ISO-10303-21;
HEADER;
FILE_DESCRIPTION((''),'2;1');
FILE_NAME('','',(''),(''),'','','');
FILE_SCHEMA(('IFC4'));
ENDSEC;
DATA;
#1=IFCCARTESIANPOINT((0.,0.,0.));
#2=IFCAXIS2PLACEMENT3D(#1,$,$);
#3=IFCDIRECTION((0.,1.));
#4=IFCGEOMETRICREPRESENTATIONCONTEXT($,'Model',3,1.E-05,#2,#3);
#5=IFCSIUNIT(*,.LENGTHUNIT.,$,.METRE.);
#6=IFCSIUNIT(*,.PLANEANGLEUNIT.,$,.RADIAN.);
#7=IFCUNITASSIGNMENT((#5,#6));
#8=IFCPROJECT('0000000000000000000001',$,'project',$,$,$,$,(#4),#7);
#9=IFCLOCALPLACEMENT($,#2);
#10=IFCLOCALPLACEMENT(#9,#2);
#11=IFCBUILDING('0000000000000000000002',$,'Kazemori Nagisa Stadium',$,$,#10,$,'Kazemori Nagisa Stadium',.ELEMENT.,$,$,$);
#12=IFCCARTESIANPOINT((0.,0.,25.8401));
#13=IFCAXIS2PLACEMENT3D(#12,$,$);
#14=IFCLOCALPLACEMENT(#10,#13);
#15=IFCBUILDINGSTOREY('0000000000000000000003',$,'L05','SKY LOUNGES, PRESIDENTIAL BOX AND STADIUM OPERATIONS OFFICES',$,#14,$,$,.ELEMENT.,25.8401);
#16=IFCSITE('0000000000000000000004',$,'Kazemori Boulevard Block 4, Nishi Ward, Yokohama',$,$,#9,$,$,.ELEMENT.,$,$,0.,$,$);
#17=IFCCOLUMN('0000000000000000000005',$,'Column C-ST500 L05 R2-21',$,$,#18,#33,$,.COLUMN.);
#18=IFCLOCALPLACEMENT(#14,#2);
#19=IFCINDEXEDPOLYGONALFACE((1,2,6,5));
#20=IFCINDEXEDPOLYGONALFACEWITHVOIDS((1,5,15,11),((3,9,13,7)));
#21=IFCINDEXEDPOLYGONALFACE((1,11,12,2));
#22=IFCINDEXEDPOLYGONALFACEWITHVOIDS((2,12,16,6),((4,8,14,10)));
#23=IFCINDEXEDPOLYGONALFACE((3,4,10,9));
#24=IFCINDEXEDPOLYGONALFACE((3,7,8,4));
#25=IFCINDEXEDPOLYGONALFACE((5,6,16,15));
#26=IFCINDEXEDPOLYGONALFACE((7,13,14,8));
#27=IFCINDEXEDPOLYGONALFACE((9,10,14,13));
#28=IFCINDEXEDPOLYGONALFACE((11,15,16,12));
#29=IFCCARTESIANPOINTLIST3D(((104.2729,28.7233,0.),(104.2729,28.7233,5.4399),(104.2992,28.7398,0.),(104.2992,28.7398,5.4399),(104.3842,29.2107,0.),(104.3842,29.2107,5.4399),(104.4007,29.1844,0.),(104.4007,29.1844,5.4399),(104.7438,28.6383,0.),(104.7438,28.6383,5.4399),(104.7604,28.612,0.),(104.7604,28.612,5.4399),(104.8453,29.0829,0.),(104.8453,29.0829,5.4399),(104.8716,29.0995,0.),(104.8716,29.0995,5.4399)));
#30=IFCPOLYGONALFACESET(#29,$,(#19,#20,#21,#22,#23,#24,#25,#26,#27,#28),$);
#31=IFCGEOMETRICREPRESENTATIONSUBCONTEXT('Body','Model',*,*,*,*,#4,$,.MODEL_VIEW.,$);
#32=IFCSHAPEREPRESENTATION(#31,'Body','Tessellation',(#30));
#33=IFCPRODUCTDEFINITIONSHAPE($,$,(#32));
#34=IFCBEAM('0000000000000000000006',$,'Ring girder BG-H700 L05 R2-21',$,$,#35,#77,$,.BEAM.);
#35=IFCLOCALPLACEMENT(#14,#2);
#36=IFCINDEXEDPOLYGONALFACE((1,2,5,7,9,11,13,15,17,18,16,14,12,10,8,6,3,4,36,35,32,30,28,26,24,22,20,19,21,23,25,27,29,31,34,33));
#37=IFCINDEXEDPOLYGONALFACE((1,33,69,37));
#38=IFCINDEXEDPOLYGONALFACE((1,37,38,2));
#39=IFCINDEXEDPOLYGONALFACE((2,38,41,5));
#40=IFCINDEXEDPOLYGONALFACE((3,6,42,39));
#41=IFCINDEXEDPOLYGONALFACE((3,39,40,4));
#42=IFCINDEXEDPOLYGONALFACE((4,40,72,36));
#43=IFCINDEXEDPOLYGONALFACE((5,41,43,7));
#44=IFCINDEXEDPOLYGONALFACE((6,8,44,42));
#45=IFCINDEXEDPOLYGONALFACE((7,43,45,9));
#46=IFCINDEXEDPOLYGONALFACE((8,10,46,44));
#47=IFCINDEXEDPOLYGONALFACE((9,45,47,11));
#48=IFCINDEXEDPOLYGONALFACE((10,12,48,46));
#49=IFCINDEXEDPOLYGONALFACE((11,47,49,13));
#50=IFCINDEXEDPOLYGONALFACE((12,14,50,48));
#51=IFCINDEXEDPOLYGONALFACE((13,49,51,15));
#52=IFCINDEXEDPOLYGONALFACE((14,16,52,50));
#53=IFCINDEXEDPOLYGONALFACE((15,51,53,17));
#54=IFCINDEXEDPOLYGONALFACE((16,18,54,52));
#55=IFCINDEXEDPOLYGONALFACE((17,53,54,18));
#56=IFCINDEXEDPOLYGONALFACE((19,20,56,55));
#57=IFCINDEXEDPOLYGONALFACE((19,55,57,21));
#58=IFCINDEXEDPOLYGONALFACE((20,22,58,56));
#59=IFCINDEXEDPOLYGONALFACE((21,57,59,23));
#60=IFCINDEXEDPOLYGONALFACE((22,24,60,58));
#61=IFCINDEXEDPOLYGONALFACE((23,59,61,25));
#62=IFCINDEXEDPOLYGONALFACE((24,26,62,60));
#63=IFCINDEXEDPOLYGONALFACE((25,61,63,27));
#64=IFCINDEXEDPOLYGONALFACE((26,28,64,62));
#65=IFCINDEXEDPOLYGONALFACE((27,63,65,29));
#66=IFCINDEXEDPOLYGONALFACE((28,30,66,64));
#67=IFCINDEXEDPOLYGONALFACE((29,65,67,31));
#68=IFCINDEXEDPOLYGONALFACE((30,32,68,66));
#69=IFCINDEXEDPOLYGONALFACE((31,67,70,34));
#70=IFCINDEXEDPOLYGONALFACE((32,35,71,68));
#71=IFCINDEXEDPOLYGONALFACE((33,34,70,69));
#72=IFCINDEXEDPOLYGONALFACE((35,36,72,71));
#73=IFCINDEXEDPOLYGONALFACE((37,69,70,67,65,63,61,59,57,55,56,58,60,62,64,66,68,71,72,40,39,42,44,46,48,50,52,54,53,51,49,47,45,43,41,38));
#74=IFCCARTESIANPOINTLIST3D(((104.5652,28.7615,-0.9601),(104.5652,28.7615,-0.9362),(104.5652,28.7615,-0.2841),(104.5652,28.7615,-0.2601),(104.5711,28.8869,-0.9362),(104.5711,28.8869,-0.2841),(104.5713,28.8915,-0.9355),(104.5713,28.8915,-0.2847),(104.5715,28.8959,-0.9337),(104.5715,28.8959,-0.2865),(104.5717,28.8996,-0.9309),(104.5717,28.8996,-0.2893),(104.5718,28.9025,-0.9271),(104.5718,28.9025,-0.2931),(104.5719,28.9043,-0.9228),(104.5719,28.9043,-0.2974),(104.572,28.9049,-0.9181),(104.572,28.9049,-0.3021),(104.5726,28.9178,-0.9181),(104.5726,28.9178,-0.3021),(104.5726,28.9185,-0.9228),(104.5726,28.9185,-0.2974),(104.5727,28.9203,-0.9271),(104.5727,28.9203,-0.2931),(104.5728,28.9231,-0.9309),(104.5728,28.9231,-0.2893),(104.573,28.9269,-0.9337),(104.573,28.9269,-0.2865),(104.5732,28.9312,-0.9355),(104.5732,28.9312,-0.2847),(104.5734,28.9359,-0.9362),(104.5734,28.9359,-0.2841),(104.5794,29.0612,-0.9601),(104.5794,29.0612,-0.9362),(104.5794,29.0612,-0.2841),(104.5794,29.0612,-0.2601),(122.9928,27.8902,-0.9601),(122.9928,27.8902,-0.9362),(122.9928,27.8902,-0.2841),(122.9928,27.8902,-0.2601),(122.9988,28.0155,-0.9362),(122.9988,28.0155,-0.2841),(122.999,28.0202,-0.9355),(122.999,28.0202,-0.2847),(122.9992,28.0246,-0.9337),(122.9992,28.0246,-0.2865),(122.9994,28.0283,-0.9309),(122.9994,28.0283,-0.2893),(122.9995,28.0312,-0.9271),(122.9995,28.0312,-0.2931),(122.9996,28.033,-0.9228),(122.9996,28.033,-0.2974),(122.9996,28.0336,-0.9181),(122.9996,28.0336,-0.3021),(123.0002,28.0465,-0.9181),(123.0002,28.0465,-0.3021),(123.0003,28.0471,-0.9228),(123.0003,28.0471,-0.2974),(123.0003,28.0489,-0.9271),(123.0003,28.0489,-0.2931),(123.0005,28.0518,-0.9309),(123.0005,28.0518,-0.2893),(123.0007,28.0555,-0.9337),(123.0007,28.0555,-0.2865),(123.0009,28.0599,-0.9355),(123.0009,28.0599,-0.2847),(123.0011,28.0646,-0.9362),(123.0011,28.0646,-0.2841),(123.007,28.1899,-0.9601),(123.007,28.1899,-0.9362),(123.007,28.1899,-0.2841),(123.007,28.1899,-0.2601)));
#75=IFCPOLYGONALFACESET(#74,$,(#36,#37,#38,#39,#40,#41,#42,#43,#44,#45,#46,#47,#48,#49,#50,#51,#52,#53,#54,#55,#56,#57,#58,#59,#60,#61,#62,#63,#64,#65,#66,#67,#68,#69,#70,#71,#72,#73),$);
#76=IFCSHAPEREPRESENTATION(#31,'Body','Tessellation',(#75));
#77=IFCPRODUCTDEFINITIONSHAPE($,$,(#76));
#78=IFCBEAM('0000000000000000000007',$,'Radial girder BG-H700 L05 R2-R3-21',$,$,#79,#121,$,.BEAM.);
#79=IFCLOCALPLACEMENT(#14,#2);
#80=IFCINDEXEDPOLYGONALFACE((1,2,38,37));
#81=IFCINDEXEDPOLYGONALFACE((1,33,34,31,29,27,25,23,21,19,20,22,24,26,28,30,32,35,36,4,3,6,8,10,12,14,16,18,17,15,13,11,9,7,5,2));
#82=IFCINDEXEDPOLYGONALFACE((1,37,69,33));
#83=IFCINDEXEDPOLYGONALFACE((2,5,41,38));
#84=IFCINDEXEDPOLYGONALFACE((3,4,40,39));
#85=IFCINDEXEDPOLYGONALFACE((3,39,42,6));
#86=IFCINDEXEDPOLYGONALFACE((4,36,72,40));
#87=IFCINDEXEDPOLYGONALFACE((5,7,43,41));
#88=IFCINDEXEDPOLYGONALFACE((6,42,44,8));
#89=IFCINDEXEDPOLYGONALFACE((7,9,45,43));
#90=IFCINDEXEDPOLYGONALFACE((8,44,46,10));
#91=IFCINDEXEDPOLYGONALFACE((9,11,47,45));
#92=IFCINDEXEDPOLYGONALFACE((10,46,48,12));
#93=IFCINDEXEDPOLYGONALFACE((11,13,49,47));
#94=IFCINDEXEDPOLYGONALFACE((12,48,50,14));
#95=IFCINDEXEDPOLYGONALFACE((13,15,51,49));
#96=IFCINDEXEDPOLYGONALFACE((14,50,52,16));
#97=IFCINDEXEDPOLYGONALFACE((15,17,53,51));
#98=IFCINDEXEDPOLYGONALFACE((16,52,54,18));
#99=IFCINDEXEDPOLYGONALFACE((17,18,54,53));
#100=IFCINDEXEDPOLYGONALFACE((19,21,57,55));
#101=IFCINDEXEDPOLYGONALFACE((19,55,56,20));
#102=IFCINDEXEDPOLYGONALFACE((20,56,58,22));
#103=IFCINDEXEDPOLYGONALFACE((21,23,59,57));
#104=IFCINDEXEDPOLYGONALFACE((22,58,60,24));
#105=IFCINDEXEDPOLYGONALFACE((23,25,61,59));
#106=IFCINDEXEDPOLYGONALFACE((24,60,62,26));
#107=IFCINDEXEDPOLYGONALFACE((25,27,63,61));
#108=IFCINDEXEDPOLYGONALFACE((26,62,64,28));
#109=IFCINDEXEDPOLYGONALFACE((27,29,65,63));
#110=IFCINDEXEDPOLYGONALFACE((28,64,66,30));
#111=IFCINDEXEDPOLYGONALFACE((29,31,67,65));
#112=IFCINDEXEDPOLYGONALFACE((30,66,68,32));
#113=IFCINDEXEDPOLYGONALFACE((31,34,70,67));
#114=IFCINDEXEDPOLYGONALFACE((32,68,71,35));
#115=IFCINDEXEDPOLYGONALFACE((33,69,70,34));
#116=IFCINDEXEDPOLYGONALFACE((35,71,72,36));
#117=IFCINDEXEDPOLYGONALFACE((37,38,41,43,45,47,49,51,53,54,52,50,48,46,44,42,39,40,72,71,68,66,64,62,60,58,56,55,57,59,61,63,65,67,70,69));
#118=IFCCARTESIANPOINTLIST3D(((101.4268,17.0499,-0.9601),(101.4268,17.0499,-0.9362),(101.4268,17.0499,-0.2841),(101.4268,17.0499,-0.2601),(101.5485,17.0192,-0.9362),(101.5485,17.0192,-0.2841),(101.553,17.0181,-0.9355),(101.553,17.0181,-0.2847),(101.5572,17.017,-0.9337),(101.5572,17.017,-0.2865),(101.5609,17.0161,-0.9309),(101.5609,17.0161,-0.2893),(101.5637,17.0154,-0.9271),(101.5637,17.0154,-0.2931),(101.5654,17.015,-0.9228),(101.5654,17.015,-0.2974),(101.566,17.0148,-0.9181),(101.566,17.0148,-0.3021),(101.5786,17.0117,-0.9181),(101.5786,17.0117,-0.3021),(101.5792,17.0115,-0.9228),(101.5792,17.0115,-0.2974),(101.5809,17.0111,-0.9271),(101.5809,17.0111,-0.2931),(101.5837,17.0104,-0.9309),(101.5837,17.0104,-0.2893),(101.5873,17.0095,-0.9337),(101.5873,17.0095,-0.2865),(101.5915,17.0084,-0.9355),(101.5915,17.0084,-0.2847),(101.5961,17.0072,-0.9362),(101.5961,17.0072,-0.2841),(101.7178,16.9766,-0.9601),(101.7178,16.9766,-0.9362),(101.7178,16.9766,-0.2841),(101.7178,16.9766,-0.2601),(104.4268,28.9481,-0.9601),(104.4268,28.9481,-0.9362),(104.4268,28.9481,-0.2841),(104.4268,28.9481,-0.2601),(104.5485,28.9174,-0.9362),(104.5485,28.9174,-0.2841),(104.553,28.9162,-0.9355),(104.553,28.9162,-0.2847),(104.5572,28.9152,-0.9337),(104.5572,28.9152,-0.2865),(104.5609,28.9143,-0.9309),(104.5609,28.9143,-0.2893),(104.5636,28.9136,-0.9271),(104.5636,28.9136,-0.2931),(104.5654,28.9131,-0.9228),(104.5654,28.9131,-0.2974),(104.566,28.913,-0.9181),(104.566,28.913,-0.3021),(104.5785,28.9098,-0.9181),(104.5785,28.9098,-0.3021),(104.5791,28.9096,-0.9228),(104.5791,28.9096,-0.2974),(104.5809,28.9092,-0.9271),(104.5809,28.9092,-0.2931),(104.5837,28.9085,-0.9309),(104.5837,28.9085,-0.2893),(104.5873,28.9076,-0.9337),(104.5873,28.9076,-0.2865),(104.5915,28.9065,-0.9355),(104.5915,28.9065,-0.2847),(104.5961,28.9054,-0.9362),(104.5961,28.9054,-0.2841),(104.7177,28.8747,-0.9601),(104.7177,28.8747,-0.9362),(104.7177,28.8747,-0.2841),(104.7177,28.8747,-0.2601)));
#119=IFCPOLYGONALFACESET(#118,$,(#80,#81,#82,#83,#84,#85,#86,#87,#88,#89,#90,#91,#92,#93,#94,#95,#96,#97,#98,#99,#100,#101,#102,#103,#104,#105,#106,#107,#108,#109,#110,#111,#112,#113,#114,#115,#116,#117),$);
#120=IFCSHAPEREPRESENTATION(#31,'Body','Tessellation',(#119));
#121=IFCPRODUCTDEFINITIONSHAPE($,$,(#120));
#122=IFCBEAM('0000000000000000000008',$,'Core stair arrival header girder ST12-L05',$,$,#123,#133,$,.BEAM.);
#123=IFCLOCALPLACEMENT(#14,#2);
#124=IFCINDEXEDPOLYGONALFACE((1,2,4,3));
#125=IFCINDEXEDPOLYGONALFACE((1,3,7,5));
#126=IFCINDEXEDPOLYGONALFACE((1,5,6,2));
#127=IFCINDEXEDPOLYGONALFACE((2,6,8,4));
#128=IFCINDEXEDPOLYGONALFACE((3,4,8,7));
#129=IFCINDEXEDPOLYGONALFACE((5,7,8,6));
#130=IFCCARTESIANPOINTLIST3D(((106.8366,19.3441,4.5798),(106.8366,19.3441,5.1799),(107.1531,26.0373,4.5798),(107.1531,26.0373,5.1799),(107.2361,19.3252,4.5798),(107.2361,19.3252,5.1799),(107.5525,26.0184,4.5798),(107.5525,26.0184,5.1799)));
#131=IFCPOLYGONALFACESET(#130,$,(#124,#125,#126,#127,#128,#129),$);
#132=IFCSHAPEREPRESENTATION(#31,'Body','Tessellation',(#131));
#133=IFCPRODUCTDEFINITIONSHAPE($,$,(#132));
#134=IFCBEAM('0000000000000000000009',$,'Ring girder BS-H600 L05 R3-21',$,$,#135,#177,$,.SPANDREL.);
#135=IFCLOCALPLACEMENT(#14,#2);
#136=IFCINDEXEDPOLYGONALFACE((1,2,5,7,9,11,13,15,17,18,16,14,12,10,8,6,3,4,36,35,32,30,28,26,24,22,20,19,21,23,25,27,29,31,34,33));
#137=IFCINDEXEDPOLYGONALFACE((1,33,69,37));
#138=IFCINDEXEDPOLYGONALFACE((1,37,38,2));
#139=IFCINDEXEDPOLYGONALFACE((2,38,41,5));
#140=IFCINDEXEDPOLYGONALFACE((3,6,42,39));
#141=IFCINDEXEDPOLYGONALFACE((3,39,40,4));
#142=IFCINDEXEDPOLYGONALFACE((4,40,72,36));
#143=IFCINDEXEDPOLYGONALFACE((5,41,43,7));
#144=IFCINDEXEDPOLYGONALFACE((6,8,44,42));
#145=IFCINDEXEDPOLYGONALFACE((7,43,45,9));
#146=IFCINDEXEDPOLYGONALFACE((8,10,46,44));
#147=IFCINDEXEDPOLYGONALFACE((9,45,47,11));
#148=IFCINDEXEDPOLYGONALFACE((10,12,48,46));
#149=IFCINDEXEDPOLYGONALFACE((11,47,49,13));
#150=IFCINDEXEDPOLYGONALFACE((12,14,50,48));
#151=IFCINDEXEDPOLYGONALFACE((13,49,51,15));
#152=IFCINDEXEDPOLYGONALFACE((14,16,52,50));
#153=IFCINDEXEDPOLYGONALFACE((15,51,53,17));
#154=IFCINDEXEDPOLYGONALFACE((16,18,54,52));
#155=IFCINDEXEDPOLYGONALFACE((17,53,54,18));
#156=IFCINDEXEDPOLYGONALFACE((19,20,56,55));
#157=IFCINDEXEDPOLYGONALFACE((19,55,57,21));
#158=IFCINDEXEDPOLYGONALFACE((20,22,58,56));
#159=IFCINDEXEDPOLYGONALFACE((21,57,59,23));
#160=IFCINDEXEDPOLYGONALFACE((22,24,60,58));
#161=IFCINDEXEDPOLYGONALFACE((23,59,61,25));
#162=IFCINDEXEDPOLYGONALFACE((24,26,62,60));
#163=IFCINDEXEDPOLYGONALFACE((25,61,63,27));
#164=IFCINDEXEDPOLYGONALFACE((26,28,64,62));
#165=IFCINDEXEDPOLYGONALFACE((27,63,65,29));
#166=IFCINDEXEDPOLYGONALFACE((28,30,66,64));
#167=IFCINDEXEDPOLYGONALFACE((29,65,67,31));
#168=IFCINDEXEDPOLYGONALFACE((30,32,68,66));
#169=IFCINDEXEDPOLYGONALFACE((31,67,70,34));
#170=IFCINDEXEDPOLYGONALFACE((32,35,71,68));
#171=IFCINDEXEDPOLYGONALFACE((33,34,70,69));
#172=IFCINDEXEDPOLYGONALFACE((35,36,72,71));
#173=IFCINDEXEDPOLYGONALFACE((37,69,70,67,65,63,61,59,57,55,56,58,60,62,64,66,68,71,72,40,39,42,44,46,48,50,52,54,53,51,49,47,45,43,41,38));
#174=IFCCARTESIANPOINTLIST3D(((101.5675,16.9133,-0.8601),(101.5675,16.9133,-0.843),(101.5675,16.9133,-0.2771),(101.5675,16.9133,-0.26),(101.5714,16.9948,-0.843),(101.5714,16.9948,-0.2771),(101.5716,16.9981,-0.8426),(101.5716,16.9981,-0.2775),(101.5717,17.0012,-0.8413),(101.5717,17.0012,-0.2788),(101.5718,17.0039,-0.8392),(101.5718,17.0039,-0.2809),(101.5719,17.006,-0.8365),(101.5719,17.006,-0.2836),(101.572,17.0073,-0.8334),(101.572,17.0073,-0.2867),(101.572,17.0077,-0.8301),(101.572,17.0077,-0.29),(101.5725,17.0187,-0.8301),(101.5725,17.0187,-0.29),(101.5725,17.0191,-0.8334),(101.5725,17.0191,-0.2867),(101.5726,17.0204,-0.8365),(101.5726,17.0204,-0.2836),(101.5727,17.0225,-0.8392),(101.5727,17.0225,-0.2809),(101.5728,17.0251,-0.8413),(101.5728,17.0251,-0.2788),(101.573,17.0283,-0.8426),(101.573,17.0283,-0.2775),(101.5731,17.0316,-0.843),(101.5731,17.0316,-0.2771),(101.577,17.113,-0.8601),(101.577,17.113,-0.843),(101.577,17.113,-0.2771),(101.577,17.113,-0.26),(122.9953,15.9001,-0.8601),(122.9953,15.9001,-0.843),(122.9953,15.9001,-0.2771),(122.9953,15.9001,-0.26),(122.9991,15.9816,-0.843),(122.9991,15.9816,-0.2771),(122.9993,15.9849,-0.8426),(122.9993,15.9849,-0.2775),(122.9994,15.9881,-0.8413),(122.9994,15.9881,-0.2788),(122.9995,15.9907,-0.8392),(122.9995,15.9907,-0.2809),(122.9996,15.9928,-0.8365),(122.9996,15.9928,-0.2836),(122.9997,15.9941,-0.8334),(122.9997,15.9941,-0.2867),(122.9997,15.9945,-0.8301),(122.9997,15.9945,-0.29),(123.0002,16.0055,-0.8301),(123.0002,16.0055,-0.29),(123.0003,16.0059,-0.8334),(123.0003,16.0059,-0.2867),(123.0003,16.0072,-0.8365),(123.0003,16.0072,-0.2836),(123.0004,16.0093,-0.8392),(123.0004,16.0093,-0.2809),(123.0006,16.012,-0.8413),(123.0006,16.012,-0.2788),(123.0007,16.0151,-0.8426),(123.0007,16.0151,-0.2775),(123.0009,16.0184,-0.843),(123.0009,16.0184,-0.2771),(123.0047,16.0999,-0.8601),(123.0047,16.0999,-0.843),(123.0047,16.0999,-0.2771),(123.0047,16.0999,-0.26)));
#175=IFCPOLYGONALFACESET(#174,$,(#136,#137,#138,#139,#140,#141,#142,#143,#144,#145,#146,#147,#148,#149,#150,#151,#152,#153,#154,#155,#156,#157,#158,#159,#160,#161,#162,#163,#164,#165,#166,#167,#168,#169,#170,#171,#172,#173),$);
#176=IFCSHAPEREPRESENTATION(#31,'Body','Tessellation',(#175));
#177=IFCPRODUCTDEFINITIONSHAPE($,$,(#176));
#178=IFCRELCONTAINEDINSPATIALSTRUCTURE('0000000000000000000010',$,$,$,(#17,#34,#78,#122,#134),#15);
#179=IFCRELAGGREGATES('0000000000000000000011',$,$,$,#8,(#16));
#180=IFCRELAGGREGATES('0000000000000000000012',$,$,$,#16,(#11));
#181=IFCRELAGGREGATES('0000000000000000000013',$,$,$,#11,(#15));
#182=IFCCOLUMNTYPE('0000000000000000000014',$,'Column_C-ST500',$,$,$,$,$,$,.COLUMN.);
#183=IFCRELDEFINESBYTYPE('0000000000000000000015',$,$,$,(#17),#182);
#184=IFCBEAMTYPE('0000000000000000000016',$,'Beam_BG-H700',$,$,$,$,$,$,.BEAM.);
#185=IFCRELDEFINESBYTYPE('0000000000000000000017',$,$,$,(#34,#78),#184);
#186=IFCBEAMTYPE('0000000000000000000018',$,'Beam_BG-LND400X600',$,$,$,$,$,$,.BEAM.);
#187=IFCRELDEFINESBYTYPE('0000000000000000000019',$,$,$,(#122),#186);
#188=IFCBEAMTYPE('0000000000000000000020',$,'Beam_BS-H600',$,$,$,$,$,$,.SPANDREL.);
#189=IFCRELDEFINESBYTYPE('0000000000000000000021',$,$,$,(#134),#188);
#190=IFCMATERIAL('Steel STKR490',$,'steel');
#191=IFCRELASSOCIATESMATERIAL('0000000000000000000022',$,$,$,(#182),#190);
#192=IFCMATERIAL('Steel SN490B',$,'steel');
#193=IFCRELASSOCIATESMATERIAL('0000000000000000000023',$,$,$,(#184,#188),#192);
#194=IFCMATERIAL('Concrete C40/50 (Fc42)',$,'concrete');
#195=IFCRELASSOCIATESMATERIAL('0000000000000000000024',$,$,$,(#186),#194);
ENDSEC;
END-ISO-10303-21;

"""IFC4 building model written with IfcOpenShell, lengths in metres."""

from ifc_helpers import new_model, si_unit, direction, frame, origin, origin_2d, place, context, subcontext, project, spatial, rectangle, hollow_rectangle, i_section, extrude, material, material_profile, profile_set, type_object, element, save


model = new_model("IFC4")

# Units and contexts
model_context = context("Model", 3, precision=1e-05, world=origin(), true_north=direction((0.0, 1.0)))
body_context = subcontext(model_context, "Body", "Model", "MODEL_VIEW")
ifc_project = project(units=[si_unit("LENGTHUNIT", "METRE"), si_unit("PLANEANGLEUNIT", "RADIAN")], contexts=[model_context])

# Site, building, storey
site_placement = place(None, origin())
site = spatial("IfcSite", under=ifc_project, at=site_placement, Name="Kazemori Boulevard Block 4, Nishi Ward, Yokohama", CompositionType="ELEMENT", RefElevation=0.0)
building_placement = place(site_placement, origin())
building = spatial("IfcBuilding", under=site, at=building_placement, Name="Kazemori Nagisa Stadium", LongName="Kazemori Nagisa Stadium", CompositionType="ELEMENT")
storey_placement = place(building_placement, frame((0.0, 0.0, 25.8401)))
storey = spatial("IfcBuildingStorey", under=building, at=storey_placement, Name="L05", Description="SKY LOUNGES, PRESIDENTIAL BOX AND STADIUM OPERATIONS OFFICES", CompositionType="ELEMENT", Elevation=25.8401)

# Column
ifc_material_1 = material(Name="Steel STKR490", Category="steel")
ifc_material_profile_1 = material_profile(ifc_material_1, hollow_rectangle(XDim=0.5, YDim=0.5, WallThickness=0.022, at=origin_2d()), Name="SHS-500x500x22")
ifc_profile_set_1 = profile_set([ifc_material_profile_1], Name="Steel STKR490")
column_type = type_object("IfcColumnType", Name="Column_C-ST500", PredefinedType="COLUMN", material=ifc_profile_set_1)
column_placement = place(storey_placement, frame((104.5723, 28.9114, 0.0), z_axis=(0.0, 0.0, 1.0), x_axis=(-0.222521, -0.974928, 0.0)))
element("IfcColumn", 1, at=column_placement, inside=storey, type_object=column_type, Name="Column C-ST500 L05 R2-21", PredefinedType="COLUMN", context=body_context, shape_type="SweptSolid", body=[
    extrude(hollow_rectangle(XDim=0.5, YDim=0.5, WallThickness=0.022, at=origin_2d()), origin(), (0.0, 0.0, 1.0), 5.4399),
])

# Beams
ifc_material_2 = material(Name="Steel SN490B", Category="steel")
ifc_material_profile_2 = material_profile(ifc_material_2, i_section(OverallWidth=0.3, OverallDepth=0.7, WebThickness=0.0129, FlangeThickness=0.0239, FilletRadius=0.0181, at=origin_2d()), Name="H-700x300x13x24")
ifc_profile_set_2 = profile_set([ifc_material_profile_2], Name="Steel SN490B")
beam_type_1 = type_object("IfcBeamType", Name="Beam_BG-H700", PredefinedType="BEAM", material=ifc_profile_set_2)
beam_1_placement = place(storey_placement, frame((104.5723, 28.9114, -0.6101), z_axis=(0.998884, -0.047231, 0.0), x_axis=(0.047231, 0.998884, 0.0)))
element("IfcBeam", 2, at=beam_1_placement, inside=storey, type_object=beam_type_1, Name="Ring girder BG-H700 L05 R2-21", PredefinedType="BEAM", context=body_context, shape_type="SweptSolid", body=[
    extrude(i_section(OverallWidth=0.3, OverallDepth=0.7, WebThickness=0.0129, FlangeThickness=0.0239, FilletRadius=0.0181, at=origin_2d()), origin(), (0.0, 0.0, 1.0), 18.4482),
])
beam_2_placement = place(storey_placement, frame((104.5723, 28.9114, -0.6101), z_axis=(-0.244487, -0.969652, 0.0), x_axis=(0.969652, -0.244487, 0.0)))
element("IfcBeam", 3, at=beam_2_placement, inside=storey, type_object=beam_type_1, Name="Radial girder BG-H700 L05 R2-R3-21", PredefinedType="BEAM", context=body_context, shape_type="SweptSolid", body=[
    extrude(i_section(OverallWidth=0.3, OverallDepth=0.7, WebThickness=0.0129, FlangeThickness=0.0239, FilletRadius=0.0181, at=origin_2d()), origin(), (0.0, 0.0, 1.0), 12.2705),
])
ifc_material_3 = material(Name="Concrete C40/50 (Fc42)", Category="concrete")
ifc_material_profile_3 = material_profile(ifc_material_3, rectangle(XDim=0.3999, YDim=0.6001, at=origin_2d()), Name="RC-BM-400x600")
ifc_profile_set_3 = profile_set([ifc_material_profile_3], Name="Concrete C40/50 (Fc42)")
beam_type_2 = type_object("IfcBeamType", Name="Beam_BG-LND400X600", PredefinedType="BEAM", material=ifc_profile_set_3)
beam_3_placement = place(storey_placement, frame((107.3528, 26.0278, 4.8799), z_axis=(-0.047221, -0.998884, 0.0), x_axis=(0.998884, -0.047221, 0.0)))
element("IfcBeam", 4, at=beam_3_placement, inside=storey, type_object=beam_type_2, Name="Core stair arrival header girder ST12-L05", PredefinedType="BEAM", context=body_context, shape_type="SweptSolid", body=[
    extrude(rectangle(XDim=0.3999, YDim=0.6001, at=origin_2d()), origin(), (0.0, 0.0, 1.0), 6.7007),
])
ifc_material_profile_4 = material_profile(ifc_material_2, i_section(OverallWidth=0.2, OverallDepth=0.6001, WebThickness=0.011, FlangeThickness=0.0171, FilletRadius=0.0129, at=origin_2d()), Name="H-600x200x11x17")
ifc_profile_set_4 = profile_set([ifc_material_profile_4], Name="Steel SN490B")
beam_type_3 = type_object("IfcBeamType", Name="Beam_BS-H600", PredefinedType="SPANDREL", material=ifc_profile_set_4)
beam_4_placement = place(storey_placement, frame((101.5723, 17.0132, -0.5601), z_axis=(0.998884, -0.047231, 0.0), x_axis=(0.047231, 0.998884, 0.0)))
element("IfcBeam", 5, at=beam_4_placement, inside=storey, type_object=beam_type_3, Name="Ring girder BS-H600 L05 R3-21", PredefinedType="SPANDREL", context=body_context, shape_type="SweptSolid", body=[
    extrude(i_section(OverallWidth=0.2, OverallDepth=0.6001, WebThickness=0.011, FlangeThickness=0.0171, FilletRadius=0.0129, at=origin_2d()), origin(), (0.0, 0.0, 1.0), 21.4517),
])

save(model, "model.ifc")
